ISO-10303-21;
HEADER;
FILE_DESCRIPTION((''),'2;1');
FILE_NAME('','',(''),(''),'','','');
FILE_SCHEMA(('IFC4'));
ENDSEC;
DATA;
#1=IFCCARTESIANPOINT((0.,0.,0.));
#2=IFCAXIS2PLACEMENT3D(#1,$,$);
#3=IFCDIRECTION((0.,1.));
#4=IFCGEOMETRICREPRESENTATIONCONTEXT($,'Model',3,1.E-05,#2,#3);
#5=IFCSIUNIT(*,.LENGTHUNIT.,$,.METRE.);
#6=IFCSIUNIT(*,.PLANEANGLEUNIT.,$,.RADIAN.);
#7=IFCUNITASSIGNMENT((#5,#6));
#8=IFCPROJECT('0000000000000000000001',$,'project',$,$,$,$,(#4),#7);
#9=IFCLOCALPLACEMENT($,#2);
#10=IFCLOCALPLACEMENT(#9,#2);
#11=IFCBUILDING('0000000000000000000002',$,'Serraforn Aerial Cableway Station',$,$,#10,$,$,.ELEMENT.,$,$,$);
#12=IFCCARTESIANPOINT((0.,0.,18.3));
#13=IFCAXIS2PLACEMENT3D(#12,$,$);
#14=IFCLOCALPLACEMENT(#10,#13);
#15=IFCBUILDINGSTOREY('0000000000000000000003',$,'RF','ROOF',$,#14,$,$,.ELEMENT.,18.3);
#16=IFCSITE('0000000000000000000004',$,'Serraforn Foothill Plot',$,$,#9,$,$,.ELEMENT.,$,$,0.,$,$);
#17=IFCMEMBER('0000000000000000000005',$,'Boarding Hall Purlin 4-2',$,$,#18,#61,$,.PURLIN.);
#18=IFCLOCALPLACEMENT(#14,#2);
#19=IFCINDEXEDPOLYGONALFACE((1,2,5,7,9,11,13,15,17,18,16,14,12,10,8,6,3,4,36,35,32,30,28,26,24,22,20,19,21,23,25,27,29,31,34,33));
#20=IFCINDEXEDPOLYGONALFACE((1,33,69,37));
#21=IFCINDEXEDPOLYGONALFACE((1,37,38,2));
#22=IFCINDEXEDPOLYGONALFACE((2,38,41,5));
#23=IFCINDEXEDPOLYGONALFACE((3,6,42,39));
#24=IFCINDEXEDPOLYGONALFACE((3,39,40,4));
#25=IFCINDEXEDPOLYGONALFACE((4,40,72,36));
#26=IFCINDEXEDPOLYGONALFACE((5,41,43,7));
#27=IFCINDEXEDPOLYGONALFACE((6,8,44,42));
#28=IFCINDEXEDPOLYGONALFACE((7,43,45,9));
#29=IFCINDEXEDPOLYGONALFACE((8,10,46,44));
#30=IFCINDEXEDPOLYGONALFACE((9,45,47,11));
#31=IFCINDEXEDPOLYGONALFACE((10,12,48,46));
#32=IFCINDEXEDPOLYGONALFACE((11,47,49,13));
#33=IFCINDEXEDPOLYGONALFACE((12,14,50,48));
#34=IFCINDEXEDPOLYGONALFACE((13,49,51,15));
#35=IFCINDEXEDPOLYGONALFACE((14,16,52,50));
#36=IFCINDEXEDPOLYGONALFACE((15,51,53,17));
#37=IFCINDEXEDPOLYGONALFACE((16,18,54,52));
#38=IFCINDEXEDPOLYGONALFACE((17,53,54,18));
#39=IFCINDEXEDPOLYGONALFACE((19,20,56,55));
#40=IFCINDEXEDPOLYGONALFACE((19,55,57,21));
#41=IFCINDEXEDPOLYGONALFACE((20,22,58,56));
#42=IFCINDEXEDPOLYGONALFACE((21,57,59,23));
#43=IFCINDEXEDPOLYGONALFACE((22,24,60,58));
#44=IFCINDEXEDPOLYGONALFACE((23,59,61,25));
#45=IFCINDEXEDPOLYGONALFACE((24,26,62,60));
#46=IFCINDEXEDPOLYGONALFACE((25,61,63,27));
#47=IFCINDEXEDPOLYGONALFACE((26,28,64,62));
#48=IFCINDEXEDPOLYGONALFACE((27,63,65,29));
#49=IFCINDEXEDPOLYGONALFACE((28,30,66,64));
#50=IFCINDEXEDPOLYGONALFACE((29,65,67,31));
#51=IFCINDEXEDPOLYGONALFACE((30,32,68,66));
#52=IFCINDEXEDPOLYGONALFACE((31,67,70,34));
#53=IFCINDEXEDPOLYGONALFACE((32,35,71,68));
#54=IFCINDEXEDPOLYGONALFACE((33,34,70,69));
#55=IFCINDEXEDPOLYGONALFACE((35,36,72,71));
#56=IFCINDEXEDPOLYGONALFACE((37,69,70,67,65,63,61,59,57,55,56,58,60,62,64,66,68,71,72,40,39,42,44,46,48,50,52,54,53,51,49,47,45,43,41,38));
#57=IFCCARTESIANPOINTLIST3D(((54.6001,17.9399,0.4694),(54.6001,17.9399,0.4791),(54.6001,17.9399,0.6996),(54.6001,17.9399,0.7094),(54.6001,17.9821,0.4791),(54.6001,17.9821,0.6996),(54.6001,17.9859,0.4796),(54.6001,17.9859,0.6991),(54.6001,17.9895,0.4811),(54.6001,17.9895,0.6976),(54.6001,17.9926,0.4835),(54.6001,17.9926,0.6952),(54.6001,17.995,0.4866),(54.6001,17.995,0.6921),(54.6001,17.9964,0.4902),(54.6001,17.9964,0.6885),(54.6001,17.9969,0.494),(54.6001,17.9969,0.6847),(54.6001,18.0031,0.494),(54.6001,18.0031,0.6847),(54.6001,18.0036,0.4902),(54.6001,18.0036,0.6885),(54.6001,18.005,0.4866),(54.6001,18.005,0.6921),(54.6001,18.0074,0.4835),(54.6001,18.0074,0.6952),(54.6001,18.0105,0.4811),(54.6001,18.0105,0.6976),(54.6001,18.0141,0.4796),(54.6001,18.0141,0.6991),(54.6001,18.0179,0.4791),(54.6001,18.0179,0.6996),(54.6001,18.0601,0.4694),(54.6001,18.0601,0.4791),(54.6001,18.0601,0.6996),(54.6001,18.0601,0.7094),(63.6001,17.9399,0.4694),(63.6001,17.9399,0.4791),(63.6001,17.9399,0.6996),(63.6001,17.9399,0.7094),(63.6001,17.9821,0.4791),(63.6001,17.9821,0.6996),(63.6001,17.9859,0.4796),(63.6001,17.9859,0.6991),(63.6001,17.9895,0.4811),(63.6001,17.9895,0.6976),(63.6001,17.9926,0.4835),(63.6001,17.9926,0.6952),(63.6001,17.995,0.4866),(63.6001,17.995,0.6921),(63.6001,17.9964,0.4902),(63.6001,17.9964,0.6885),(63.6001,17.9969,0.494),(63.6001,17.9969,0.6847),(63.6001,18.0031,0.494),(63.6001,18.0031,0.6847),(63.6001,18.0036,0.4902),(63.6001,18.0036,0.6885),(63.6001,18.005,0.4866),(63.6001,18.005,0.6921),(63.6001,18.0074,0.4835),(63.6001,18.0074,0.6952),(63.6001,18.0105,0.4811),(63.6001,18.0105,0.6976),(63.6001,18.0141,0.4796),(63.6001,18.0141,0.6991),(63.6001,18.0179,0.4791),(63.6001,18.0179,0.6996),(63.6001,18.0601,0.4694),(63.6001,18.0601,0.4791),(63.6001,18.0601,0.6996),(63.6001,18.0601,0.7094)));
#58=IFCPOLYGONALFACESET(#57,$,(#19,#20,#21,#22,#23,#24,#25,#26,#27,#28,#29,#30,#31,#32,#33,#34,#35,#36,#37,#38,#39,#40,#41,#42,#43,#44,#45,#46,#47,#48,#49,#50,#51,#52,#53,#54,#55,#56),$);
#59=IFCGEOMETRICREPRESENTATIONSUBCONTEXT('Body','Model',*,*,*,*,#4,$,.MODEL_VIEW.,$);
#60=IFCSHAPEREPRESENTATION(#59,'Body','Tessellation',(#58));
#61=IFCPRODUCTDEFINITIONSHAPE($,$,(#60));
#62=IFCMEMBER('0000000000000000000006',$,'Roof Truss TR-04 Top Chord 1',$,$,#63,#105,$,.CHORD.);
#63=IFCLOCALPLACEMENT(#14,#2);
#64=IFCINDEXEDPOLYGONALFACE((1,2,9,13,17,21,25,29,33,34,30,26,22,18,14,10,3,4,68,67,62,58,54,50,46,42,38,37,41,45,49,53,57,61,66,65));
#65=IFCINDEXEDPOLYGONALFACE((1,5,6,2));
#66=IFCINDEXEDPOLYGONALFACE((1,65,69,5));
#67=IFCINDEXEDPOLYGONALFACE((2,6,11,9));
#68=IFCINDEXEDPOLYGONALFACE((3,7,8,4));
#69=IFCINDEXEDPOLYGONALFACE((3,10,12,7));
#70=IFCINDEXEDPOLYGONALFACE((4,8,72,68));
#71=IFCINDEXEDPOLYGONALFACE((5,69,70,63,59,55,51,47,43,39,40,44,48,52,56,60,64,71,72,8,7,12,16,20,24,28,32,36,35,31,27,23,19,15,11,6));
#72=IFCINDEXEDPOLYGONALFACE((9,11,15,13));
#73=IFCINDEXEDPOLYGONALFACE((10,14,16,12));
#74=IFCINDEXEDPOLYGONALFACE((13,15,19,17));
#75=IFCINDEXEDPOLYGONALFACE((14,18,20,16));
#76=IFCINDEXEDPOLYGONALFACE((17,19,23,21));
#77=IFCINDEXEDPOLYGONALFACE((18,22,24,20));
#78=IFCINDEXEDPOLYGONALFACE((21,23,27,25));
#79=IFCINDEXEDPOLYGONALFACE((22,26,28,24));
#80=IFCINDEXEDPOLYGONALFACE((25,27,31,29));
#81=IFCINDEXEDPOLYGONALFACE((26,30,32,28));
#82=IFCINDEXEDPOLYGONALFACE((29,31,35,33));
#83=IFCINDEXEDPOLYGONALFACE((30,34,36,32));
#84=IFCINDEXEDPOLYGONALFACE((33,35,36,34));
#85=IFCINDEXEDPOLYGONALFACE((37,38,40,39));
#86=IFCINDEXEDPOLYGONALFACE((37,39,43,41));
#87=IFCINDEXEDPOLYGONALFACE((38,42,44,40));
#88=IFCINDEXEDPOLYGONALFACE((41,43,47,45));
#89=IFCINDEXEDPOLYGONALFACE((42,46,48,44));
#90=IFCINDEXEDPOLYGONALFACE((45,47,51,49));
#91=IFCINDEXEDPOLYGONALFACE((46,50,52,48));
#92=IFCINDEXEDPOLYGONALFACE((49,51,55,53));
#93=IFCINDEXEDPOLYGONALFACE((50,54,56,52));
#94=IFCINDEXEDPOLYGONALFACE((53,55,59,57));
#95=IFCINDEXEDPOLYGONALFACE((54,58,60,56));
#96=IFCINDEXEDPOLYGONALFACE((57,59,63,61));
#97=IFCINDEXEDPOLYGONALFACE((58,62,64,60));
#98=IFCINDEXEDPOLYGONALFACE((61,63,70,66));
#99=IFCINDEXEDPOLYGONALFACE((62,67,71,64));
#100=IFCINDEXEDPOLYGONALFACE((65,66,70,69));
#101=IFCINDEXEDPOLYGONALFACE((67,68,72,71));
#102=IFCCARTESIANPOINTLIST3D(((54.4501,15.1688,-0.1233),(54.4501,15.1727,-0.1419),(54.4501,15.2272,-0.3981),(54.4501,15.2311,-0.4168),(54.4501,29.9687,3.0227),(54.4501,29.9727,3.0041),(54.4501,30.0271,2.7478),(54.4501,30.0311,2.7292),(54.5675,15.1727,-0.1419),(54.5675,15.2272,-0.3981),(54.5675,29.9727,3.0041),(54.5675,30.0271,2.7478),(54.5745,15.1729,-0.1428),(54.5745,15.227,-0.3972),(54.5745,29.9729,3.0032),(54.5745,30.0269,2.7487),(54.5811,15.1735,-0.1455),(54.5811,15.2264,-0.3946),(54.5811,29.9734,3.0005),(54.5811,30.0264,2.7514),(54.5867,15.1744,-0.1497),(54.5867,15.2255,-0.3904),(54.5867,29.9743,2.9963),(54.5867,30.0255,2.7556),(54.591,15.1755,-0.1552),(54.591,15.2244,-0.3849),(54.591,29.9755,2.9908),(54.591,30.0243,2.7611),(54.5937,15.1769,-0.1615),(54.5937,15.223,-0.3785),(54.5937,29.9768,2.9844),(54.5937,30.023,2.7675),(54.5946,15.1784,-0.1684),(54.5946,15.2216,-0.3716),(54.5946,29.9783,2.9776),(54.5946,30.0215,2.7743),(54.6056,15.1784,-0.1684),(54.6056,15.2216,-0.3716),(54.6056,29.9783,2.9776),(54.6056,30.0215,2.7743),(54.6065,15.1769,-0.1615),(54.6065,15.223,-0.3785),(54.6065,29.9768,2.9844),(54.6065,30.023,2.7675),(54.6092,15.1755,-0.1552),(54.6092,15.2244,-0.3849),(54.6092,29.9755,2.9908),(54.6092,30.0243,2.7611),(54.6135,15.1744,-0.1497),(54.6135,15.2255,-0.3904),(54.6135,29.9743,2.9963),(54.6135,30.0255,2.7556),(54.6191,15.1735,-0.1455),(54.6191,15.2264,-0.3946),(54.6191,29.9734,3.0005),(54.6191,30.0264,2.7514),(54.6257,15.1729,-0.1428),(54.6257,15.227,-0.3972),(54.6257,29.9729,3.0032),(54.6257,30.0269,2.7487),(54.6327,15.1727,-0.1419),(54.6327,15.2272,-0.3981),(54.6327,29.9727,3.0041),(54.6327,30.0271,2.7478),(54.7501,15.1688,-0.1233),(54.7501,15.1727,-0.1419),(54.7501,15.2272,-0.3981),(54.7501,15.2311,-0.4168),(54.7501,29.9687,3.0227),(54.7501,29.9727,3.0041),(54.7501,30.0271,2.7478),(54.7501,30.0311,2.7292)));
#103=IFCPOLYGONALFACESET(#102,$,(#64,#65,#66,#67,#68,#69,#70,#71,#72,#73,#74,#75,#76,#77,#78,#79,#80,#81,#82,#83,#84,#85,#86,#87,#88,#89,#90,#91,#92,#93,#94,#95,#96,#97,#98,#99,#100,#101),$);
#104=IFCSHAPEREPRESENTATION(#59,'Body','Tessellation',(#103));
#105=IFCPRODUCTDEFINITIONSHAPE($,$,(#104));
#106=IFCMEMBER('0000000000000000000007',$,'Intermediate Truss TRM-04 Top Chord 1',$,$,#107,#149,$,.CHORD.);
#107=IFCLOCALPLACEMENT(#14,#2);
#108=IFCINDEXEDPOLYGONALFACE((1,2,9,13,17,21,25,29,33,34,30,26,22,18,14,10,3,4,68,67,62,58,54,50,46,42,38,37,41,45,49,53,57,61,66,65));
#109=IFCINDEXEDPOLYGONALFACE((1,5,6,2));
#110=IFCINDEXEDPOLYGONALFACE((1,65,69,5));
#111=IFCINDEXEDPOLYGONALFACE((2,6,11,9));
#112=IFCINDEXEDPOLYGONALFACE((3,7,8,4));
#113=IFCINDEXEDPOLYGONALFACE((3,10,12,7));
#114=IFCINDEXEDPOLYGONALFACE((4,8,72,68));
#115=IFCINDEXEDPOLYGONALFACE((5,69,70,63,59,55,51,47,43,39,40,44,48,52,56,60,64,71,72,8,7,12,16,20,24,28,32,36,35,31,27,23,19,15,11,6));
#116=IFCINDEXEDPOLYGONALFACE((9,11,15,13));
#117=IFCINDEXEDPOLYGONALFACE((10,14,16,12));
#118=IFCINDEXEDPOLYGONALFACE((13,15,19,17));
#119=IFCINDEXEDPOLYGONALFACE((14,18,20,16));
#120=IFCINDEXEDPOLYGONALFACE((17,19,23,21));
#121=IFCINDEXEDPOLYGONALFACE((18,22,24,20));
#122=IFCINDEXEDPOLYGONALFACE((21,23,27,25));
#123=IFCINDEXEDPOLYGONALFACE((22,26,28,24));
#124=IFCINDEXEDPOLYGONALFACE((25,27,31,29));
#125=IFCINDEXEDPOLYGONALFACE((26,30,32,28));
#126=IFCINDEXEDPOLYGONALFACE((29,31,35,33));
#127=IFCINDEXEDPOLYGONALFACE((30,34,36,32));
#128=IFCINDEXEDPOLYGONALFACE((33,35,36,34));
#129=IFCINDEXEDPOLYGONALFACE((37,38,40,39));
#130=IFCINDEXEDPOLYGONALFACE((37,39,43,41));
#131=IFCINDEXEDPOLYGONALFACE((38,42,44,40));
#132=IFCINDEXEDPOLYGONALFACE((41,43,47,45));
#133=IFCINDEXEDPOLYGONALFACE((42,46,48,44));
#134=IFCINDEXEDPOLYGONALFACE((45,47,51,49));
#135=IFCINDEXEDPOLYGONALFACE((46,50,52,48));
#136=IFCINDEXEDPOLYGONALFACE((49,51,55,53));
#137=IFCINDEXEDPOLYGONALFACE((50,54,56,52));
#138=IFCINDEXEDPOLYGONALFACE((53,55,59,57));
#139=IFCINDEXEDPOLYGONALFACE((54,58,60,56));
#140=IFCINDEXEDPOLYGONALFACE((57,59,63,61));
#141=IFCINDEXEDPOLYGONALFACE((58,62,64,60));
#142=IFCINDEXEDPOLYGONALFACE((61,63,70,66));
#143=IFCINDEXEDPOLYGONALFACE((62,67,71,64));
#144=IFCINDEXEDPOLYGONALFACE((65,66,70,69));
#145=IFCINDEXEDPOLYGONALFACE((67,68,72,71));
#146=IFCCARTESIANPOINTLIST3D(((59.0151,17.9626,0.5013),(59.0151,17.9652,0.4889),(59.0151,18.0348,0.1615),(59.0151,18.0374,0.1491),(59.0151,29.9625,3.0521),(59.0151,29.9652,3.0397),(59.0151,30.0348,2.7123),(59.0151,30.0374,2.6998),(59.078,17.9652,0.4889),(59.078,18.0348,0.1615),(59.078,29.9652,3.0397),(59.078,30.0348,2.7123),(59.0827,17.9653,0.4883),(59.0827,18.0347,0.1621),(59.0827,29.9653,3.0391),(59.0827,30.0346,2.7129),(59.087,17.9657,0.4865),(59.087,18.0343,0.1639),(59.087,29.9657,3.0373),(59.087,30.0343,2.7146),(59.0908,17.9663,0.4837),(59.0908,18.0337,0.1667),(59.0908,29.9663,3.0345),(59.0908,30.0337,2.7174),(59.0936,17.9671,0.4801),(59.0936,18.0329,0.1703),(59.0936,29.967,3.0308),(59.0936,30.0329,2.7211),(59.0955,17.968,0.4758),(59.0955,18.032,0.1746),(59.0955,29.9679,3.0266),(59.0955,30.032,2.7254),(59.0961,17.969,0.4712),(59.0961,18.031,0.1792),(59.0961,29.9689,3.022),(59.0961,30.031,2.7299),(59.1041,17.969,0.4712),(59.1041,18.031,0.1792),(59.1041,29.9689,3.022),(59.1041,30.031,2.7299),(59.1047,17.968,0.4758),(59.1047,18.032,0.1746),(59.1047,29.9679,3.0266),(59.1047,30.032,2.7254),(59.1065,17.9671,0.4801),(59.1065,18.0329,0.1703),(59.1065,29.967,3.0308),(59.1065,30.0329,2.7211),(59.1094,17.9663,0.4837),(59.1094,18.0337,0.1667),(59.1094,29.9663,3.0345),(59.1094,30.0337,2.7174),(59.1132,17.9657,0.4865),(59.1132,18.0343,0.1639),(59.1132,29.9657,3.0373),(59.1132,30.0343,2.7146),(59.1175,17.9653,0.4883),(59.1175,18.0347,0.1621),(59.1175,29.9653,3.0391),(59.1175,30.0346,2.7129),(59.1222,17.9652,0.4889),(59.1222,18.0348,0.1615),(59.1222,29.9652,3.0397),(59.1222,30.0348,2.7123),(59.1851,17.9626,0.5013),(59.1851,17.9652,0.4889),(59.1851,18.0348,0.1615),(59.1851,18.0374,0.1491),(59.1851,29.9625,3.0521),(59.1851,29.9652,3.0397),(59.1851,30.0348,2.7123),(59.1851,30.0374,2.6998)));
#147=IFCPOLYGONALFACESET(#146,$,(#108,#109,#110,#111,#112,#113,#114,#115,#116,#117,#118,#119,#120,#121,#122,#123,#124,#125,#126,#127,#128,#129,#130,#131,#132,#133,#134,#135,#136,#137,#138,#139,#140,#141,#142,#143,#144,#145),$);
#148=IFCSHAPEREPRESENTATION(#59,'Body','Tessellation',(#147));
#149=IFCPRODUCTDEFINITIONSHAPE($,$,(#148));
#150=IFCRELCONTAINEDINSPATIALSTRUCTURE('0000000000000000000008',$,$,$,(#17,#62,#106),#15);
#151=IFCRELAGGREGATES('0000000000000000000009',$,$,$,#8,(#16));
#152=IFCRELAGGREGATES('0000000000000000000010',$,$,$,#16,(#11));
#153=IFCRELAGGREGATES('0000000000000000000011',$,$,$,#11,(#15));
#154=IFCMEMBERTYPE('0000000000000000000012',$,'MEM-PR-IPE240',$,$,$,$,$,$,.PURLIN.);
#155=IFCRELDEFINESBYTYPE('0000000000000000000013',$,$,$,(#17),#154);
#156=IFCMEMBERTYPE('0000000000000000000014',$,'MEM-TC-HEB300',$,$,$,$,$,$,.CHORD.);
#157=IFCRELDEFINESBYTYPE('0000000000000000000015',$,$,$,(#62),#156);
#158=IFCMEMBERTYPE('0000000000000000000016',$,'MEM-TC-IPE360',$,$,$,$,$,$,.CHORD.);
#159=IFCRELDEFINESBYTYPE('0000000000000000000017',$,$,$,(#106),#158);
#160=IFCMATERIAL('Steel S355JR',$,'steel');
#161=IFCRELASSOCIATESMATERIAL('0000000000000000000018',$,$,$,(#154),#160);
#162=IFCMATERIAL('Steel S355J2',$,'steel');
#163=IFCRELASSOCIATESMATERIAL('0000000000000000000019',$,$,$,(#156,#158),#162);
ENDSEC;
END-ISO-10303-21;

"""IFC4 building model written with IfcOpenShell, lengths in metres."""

from ifc_helpers import new_model, si_unit, direction, frame, origin, origin_2d, place, context, subcontext, project, spatial, i_section, extrude, material, material_profile, profile_set, type_object, element, save


model = new_model("IFC4")

# Units and contexts
model_context = context("Model", 3, precision=1e-05, world=origin(), true_north=direction((0.0, 1.0)))
body_context = subcontext(model_context, "Body", "Model", "MODEL_VIEW")
ifc_project = project(units=[si_unit("LENGTHUNIT", "METRE"), si_unit("PLANEANGLEUNIT", "RADIAN")], contexts=[model_context])

# Site, building, storey
site_placement = place(None, origin())
site = spatial("IfcSite", under=ifc_project, at=site_placement, Name="Serraforn Foothill Plot", CompositionType="ELEMENT", RefElevation=0.0)
building_placement = place(site_placement, origin())
building = spatial("IfcBuilding", under=site, at=building_placement, Name="Serraforn Aerial Cableway Station", CompositionType="ELEMENT")
storey_placement = place(building_placement, frame((0.0, 0.0, 18.3)))
storey = spatial("IfcBuildingStorey", under=building, at=storey_placement, Name="RF", Description="ROOF", CompositionType="ELEMENT", Elevation=18.3)

# Shared definitions
ifc_material_1 = material(Name="Steel S355J2", Category="steel")

# Members
ifc_material_2 = material(Name="Steel S355JR", Category="steel")
ifc_material_profile_1 = material_profile(ifc_material_2, i_section(OverallWidth=0.1201, OverallDepth=0.24, WebThickness=0.0061, FlangeThickness=0.0098, FilletRadius=0.0149, at=origin_2d()), Name="IPE 240")
ifc_profile_set_1 = profile_set([ifc_material_profile_1], Name="Steel S355JR")
member_type_1 = type_object("IfcMemberType", Name="MEM-PR-IPE240", PredefinedType="PURLIN", material=ifc_profile_set_1)
member_1_placement = place(storey_placement, frame((54.6001, 18.0, 0.5894), z_axis=(1.0, 0.0, 0.0), x_axis=(0.0, 1.0, 0.0)))
element("IfcMember", 1, at=member_1_placement, inside=storey, type_object=member_type_1, Name="Boarding Hall Purlin 4-2", PredefinedType="PURLIN", context=body_context, shape_type="SweptSolid", body=[
    extrude(i_section(OverallWidth=0.1201, OverallDepth=0.24, WebThickness=0.0061, FlangeThickness=0.0098, FilletRadius=0.0149, at=origin_2d()), origin(), (0.0, 0.0, 1.0), 9.0),
])
ifc_material_profile_2 = material_profile(ifc_material_1, i_section(OverallWidth=0.3, OverallDepth=0.3, WebThickness=0.011, FlangeThickness=0.019, FilletRadius=0.0271, at=origin_2d()), Name="HEB 300")
ifc_profile_set_2 = profile_set([ifc_material_profile_2], Name="Steel S355J2")
member_type_2 = type_object("IfcMemberType", Name="MEM-TC-HEB300", PredefinedType="CHORD", material=ifc_profile_set_2)
member_2_placement = place(storey_placement, frame((54.6001, 15.2, -0.27), z_axis=(0.0, 0.978146, 0.207921), x_axis=(-1.0, 0.0, 0.0)))
element("IfcMember", 2, at=member_2_placement, inside=storey, type_object=member_type_2, Name="Roof Truss TR-04 Top Chord 1", PredefinedType="CHORD", context=body_context, shape_type="SweptSolid", body=[
    extrude(i_section(OverallWidth=0.3, OverallDepth=0.3, WebThickness=0.011, FlangeThickness=0.019, FilletRadius=0.0271, at=origin_2d()), origin(), (0.0, 0.0, 1.0), 15.1306),
])
ifc_material_profile_3 = material_profile(ifc_material_1, i_section(OverallWidth=0.1699, OverallDepth=0.3601, WebThickness=0.0081, FlangeThickness=0.0127, FilletRadius=0.0181, at=origin_2d()), Name="IPE 360")
ifc_profile_set_3 = profile_set([ifc_material_profile_3], Name="Steel S355J2")
member_type_3 = type_object("IfcMemberType", Name="MEM-TC-IPE360", PredefinedType="CHORD", material=ifc_profile_set_3)
member_3_placement = place(storey_placement, frame((59.1001, 18.0, 0.3252), z_axis=(0.0, 0.978146, 0.20792), x_axis=(-1.0, 0.0, 0.0)))
element("IfcMember", 3, at=member_3_placement, inside=storey, type_object=member_type_3, Name="Intermediate Truss TRM-04 Top Chord 1", PredefinedType="CHORD", context=body_context, shape_type="SweptSolid", body=[
    extrude(i_section(OverallWidth=0.1699, OverallDepth=0.3601, WebThickness=0.0081, FlangeThickness=0.0127, FilletRadius=0.0181, at=origin_2d()), origin(), (0.0, 0.0, 1.0), 12.2681),
])

save(model, "model.ifc")
